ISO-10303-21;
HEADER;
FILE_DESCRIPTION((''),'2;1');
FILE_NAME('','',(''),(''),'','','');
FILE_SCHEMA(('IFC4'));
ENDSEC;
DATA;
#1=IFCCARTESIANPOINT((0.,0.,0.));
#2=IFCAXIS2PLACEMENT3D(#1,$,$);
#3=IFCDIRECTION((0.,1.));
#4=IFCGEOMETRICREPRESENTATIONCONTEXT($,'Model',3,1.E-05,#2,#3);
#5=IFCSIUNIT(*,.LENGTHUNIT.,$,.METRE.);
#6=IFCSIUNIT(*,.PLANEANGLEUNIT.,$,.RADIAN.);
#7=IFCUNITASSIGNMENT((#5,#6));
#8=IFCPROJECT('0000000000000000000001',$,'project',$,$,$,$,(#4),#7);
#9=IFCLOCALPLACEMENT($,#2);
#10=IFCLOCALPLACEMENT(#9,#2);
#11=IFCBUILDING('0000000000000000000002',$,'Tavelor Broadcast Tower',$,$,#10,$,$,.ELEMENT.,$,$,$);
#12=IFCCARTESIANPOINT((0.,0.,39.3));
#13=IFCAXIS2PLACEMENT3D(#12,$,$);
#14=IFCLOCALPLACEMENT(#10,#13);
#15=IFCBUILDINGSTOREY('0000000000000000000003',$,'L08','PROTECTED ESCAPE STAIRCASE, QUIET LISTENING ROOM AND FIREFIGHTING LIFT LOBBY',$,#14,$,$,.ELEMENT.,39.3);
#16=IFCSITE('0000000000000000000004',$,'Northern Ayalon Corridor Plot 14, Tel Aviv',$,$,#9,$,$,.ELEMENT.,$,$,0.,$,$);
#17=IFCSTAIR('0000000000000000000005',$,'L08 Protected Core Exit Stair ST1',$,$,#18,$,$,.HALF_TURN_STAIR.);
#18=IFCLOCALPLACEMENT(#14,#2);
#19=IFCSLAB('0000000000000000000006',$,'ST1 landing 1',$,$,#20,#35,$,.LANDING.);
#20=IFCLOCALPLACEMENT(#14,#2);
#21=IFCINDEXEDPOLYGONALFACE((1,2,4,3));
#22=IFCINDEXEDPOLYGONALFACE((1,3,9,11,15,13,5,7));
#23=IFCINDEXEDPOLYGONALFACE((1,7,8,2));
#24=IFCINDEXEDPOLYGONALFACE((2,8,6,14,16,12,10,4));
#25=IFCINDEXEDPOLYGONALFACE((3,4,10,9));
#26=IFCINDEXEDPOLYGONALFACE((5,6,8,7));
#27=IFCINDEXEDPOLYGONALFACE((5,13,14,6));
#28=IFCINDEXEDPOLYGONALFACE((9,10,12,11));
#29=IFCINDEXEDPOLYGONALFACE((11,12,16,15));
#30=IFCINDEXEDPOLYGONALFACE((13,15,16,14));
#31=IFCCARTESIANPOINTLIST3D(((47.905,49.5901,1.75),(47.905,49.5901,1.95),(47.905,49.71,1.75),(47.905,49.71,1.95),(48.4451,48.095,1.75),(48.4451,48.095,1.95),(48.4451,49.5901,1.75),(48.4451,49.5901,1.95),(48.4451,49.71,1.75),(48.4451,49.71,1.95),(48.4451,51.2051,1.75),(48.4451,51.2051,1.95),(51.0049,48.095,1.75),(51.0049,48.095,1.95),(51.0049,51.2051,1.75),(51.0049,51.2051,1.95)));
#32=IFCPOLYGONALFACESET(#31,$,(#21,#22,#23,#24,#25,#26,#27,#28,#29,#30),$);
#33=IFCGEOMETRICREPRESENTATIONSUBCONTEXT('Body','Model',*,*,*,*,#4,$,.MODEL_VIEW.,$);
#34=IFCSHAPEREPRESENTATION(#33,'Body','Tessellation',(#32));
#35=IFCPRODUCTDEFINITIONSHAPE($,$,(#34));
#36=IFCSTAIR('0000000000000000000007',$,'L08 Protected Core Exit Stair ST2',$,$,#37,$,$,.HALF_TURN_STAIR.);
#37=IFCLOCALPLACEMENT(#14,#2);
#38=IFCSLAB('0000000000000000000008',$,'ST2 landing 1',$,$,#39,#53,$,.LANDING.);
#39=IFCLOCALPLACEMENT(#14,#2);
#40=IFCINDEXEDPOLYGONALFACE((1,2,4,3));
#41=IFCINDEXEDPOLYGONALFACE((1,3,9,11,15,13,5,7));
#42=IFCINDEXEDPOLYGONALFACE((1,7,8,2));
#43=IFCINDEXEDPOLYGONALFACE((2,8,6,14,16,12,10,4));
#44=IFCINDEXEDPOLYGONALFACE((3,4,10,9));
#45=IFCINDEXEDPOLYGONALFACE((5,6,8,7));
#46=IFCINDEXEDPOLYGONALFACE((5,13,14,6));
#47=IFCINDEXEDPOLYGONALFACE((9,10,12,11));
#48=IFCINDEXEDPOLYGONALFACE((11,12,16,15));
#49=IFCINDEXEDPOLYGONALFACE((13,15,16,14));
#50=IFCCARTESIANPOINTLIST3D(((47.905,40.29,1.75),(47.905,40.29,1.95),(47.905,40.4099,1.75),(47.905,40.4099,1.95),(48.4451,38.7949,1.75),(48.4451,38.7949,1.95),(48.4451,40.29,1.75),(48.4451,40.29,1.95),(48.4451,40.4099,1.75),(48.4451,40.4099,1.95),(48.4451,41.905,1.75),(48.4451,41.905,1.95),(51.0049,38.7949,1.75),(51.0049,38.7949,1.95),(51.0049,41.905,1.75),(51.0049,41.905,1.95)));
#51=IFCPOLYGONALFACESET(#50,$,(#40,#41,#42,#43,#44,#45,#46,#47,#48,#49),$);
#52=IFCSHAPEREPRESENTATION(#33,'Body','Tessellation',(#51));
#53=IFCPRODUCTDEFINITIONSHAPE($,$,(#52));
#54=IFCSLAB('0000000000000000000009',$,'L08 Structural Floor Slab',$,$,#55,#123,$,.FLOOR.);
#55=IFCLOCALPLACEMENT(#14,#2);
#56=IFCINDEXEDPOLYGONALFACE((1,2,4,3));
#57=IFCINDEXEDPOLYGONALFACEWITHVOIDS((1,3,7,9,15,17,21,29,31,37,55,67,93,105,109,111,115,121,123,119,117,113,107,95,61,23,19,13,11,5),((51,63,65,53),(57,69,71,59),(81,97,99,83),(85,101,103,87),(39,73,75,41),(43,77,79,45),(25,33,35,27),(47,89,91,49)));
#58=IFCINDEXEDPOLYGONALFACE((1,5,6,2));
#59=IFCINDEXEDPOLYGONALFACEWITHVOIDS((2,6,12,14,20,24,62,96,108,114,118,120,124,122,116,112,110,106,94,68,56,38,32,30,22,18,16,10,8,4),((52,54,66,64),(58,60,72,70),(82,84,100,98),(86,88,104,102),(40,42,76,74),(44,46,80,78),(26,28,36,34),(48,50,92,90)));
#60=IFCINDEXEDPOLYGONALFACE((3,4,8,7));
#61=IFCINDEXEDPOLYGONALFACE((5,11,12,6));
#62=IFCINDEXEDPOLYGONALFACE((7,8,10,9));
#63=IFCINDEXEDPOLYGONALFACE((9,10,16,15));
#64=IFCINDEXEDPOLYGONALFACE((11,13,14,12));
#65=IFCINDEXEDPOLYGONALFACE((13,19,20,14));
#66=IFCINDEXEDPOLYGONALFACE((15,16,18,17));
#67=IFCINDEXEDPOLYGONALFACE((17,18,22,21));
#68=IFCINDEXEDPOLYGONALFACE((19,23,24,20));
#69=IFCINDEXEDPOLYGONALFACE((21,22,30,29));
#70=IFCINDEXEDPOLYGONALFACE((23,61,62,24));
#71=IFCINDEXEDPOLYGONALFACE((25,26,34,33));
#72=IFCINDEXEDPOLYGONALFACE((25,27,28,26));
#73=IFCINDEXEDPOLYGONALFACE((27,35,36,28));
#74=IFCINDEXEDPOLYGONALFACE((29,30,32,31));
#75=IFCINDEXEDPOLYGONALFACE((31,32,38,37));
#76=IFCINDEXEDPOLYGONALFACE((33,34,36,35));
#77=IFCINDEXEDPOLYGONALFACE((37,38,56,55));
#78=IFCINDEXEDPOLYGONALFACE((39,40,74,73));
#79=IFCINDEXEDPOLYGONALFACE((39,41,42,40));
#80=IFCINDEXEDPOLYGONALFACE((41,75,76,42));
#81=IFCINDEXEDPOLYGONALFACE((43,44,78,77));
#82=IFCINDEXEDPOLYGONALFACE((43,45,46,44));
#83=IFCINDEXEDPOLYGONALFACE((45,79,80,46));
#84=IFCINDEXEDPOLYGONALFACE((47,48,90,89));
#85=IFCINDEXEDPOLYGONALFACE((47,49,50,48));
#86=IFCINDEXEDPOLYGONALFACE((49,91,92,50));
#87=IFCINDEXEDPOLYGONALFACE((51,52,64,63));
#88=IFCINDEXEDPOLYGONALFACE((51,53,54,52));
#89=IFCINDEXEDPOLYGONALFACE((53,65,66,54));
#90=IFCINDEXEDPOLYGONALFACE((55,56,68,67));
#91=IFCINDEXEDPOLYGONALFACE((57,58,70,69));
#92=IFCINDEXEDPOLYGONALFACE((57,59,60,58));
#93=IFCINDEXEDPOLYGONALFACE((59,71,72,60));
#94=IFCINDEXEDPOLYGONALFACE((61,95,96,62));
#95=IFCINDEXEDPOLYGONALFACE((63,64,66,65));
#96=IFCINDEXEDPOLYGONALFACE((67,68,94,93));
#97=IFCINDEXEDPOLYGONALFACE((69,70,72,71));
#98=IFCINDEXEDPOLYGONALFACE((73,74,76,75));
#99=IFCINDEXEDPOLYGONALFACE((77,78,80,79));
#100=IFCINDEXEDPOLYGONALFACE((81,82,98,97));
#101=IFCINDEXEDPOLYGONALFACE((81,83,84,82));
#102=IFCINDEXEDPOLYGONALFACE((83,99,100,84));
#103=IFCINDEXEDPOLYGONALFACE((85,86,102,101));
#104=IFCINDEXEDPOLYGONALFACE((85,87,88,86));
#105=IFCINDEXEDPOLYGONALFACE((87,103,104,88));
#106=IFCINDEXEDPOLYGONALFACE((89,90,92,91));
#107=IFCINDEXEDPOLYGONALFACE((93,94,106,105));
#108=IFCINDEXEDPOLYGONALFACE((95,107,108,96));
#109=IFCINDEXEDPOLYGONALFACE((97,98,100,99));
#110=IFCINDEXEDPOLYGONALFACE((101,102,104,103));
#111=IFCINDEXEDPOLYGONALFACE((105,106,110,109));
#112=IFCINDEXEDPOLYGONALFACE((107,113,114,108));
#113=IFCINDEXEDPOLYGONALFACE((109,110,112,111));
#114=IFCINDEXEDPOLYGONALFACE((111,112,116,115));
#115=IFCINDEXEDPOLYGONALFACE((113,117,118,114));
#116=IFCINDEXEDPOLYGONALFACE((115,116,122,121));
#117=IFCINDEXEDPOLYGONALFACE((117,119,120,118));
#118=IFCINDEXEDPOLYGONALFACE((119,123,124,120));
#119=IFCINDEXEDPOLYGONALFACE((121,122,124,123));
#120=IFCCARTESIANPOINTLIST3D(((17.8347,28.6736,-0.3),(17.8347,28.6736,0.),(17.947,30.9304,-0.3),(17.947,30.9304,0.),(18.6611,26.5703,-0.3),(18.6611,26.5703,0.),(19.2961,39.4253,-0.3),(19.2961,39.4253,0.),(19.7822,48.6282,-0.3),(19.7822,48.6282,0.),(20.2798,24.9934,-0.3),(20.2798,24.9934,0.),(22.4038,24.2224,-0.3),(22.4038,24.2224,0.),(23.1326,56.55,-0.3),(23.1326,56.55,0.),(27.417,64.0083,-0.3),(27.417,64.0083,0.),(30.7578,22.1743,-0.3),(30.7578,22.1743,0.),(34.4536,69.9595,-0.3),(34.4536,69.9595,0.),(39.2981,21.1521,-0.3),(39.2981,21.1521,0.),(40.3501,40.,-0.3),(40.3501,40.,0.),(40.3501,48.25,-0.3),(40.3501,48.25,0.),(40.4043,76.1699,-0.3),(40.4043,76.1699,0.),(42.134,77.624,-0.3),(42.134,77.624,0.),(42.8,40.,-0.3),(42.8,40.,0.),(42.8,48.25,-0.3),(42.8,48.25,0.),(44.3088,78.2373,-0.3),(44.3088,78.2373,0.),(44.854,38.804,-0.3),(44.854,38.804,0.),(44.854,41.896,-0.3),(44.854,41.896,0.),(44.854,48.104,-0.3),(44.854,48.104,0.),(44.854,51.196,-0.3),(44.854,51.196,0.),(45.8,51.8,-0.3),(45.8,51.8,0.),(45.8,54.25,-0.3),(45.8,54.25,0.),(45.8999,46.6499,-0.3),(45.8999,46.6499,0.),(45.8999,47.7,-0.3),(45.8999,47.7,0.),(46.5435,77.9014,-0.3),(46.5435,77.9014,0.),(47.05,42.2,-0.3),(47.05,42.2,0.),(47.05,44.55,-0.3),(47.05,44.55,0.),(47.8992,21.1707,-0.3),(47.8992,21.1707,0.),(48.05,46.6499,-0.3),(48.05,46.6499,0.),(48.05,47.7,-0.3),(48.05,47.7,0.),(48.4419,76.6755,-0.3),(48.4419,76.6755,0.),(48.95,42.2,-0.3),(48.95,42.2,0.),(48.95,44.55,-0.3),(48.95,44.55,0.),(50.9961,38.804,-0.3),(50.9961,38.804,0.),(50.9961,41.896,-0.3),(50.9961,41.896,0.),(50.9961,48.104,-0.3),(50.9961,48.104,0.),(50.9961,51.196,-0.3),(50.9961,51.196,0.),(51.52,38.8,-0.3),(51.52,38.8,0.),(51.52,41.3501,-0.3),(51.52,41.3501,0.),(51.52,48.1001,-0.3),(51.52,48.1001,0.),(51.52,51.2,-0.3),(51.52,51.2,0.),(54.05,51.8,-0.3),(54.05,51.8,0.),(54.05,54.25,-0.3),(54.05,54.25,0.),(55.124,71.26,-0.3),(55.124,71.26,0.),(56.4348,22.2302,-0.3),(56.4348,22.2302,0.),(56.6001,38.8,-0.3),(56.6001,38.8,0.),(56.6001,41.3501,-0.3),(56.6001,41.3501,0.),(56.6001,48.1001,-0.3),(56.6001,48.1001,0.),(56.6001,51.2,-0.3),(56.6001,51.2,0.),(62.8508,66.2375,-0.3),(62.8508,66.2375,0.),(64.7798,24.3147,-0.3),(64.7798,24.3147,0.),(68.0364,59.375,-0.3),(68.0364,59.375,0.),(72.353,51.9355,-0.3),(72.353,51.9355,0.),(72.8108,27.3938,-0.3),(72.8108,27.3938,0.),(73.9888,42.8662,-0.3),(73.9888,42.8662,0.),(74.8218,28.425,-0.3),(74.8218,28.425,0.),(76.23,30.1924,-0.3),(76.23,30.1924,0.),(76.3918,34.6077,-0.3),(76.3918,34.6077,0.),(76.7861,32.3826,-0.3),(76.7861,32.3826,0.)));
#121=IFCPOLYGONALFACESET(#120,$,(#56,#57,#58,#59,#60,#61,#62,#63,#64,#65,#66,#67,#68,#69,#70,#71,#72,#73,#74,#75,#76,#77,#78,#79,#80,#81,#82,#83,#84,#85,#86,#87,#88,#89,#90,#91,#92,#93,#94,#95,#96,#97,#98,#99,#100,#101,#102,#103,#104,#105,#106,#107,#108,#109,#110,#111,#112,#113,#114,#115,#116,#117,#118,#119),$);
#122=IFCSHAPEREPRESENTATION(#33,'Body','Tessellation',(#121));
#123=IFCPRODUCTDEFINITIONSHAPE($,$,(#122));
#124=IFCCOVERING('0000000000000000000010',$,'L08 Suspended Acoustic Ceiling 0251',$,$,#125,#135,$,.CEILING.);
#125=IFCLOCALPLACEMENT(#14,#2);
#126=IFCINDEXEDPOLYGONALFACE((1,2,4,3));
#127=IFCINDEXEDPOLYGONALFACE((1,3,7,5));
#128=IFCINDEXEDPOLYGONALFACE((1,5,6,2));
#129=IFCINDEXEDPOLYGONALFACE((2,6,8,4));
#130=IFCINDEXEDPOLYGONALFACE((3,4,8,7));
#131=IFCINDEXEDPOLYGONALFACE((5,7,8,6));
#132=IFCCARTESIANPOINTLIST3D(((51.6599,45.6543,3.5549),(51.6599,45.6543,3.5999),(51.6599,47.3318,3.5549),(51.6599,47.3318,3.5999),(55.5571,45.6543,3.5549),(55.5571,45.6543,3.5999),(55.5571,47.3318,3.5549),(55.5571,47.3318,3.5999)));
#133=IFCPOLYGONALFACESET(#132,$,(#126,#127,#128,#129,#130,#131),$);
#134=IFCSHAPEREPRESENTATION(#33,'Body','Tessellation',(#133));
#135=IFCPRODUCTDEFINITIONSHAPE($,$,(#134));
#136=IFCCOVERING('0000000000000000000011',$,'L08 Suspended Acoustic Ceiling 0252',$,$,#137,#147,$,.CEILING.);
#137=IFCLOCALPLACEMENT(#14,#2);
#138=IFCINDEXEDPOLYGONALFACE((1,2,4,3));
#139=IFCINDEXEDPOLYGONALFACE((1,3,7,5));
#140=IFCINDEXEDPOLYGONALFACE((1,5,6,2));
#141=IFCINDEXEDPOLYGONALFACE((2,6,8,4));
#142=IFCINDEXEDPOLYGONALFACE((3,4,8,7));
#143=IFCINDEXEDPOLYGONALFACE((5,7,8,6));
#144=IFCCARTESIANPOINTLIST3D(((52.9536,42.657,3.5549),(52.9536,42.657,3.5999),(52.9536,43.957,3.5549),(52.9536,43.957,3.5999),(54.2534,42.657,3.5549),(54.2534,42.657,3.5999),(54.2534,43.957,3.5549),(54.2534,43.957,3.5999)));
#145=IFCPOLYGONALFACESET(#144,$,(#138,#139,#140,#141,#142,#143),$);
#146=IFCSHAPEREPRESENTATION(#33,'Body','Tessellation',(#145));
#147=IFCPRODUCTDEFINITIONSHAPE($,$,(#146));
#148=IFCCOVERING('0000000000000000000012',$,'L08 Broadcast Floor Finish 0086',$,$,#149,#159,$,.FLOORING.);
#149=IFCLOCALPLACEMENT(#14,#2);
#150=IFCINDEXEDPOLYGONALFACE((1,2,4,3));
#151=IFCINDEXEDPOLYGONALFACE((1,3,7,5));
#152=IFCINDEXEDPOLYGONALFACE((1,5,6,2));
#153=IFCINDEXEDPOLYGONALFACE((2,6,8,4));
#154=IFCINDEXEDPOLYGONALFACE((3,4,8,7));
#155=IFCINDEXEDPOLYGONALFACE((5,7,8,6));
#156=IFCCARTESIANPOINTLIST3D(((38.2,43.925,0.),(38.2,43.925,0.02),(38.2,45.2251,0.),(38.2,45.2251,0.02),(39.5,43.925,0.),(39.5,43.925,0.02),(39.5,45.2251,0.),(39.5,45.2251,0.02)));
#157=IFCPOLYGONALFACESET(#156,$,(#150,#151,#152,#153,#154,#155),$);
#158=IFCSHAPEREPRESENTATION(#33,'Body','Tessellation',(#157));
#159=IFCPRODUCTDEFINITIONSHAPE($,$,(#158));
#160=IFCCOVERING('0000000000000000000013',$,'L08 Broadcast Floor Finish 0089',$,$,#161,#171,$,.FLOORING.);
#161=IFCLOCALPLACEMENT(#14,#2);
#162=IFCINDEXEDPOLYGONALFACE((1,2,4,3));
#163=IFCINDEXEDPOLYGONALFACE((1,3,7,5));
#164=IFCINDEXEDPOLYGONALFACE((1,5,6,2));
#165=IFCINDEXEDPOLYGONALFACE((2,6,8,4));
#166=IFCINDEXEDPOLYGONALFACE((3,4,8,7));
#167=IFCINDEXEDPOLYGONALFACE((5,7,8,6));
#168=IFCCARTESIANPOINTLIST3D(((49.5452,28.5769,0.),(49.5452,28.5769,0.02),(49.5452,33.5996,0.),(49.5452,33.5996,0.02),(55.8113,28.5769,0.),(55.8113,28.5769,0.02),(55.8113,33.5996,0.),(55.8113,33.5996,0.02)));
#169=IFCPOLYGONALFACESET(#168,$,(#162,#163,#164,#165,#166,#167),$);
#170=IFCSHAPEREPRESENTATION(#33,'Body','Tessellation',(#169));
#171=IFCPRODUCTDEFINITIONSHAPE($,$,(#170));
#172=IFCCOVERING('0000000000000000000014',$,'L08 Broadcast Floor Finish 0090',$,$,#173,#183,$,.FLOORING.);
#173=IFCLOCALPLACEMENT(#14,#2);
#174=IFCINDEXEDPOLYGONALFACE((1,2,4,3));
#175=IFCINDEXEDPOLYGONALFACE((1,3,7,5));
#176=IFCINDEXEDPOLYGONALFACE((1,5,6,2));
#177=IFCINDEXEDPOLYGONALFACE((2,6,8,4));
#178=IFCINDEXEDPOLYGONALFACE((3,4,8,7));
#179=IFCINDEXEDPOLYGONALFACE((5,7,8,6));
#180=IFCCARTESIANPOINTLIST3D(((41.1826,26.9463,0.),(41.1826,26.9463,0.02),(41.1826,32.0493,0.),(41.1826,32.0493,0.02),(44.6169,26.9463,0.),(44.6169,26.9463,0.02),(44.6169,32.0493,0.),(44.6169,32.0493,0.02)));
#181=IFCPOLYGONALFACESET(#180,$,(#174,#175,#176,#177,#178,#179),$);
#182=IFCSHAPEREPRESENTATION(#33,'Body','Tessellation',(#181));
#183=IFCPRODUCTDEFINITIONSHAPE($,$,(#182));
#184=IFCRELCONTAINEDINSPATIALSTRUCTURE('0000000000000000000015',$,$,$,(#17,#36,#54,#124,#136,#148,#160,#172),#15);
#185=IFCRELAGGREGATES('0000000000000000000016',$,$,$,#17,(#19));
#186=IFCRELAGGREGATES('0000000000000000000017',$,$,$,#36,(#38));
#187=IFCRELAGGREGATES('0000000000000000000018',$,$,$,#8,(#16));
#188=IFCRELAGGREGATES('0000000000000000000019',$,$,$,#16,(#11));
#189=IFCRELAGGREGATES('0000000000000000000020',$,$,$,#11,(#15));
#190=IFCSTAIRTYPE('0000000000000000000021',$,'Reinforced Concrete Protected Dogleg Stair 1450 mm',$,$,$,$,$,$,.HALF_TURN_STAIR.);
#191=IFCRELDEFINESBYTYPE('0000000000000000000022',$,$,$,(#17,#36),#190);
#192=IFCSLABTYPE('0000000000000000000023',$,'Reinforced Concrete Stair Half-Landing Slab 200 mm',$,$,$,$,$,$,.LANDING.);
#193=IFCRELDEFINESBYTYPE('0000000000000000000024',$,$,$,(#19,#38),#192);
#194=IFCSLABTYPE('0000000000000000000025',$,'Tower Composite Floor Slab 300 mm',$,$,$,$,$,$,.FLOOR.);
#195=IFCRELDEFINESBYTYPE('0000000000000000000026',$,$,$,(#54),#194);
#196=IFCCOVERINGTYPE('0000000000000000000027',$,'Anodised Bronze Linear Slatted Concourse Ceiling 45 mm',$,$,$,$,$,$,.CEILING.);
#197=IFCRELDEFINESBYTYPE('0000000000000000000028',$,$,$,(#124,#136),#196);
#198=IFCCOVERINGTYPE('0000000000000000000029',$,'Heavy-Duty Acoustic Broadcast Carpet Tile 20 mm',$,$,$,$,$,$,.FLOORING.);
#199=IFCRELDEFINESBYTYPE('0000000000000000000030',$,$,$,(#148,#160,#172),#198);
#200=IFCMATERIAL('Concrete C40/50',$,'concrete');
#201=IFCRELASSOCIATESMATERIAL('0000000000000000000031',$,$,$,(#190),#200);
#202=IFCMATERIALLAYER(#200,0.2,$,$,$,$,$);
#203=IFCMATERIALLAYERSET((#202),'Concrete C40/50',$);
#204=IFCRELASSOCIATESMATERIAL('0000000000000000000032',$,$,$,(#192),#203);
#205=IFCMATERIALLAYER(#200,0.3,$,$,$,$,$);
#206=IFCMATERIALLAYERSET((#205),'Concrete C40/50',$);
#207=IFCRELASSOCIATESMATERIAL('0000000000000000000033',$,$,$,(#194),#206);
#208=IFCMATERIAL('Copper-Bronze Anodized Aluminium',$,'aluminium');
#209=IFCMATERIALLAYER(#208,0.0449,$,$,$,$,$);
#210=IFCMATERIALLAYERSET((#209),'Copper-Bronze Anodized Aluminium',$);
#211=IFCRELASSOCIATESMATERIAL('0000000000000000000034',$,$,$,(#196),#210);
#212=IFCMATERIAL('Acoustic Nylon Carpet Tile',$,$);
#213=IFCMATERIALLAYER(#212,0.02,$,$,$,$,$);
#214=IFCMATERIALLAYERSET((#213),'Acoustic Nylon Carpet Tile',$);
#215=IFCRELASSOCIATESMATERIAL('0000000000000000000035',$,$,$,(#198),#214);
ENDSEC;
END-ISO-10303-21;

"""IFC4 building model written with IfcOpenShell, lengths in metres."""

from ifc_helpers import new_model, si_unit, direction, frame, origin, place, context, subcontext, project, spatial, polyline, outline, extrude, material, layer, layer_set, type_object, element, aggregate, save


model = new_model("IFC4")

# Units and contexts
model_context = context("Model", 3, precision=1e-05, world=origin(), true_north=direction((0.0, 1.0)))
body_context = subcontext(model_context, "Body", "Model", "MODEL_VIEW")
ifc_project = project(units=[si_unit("LENGTHUNIT", "METRE"), si_unit("PLANEANGLEUNIT", "RADIAN")], contexts=[model_context])

# Site, building, storey
site_placement = place(None, origin())
site = spatial("IfcSite", under=ifc_project, at=site_placement, Name="Northern Ayalon Corridor Plot 14, Tel Aviv", CompositionType="ELEMENT", RefElevation=0.0)
building_placement = place(site_placement, origin())
building = spatial("IfcBuilding", under=site, at=building_placement, Name="Tavelor Broadcast Tower", CompositionType="ELEMENT")
storey_placement = place(building_placement, frame((0.0, 0.0, 39.3)))
storey = spatial("IfcBuildingStorey", under=building, at=storey_placement, Name="L08", Description="PROTECTED ESCAPE STAIRCASE, QUIET LISTENING ROOM AND FIREFIGHTING LIFT LOBBY", CompositionType="ELEMENT", Elevation=39.3)

# Stairs, slabs
ifc_material_1 = material(Name="Concrete C40/50", Category="concrete")
stair_type = type_object("IfcStairType", Name="Reinforced Concrete Protected Dogleg Stair 1450 mm", PredefinedType="HALF_TURN_STAIR", material=ifc_material_1)
stair_1_placement = place(storey_placement, origin())
stair_1 = element("IfcStair", 1, at=stair_1_placement, inside=storey, type_object=stair_type, Name="L08 Protected Core Exit Stair ST1", PredefinedType="HALF_TURN_STAIR")
ifc_layer_1 = layer(ifc_material_1, 0.2)
ifc_layer_set_1 = layer_set([ifc_layer_1], Name="Concrete C40/50")
slab_type_1 = type_object("IfcSlabType", Name="Reinforced Concrete Stair Half-Landing Slab 200 mm", PredefinedType="LANDING", material=ifc_layer_set_1)
slab_1_placement = place(storey_placement, frame((0.0, 0.0, 1.75)))
slab_1 = element("IfcSlab", 2, at=slab_1_placement, type_object=slab_type_1, Name="ST1 landing 1", PredefinedType="LANDING", context=body_context, shape_type="SweptSolid", body=[
    extrude(outline(polyline([(48.4451, 49.5901), (48.4451, 48.095), (51.0049, 48.095), (51.0049, 51.2051), (48.4451, 51.2051), (48.4451, 49.71), (47.905, 49.71), (47.905, 49.5901), (48.4451, 49.5901)])), origin(), (0.0, 0.0, 1.0), 0.2),
])
aggregate(stair_1, [slab_1])
stair_2_placement = place(storey_placement, origin())
stair_2 = element("IfcStair", 3, at=stair_2_placement, inside=storey, type_object=stair_type, Name="L08 Protected Core Exit Stair ST2", PredefinedType="HALF_TURN_STAIR")
slab_2_placement = place(storey_placement, frame((0.0, 0.0, 1.75)))
slab_2 = element("IfcSlab", 4, at=slab_2_placement, type_object=slab_type_1, Name="ST2 landing 1", PredefinedType="LANDING", context=body_context, shape_type="SweptSolid", body=[
    extrude(outline(polyline([(48.4451, 40.29), (48.4451, 38.7949), (51.0049, 38.7949), (51.0049, 41.905), (48.4451, 41.905), (48.4451, 40.4099), (47.905, 40.4099), (47.905, 40.29), (48.4451, 40.29)])), origin(), (0.0, 0.0, 1.0), 0.2),
])
aggregate(stair_2, [slab_2])

# Slab
ifc_layer_2 = layer(ifc_material_1, 0.3)
ifc_layer_set_2 = layer_set([ifc_layer_2], Name="Concrete C40/50")
slab_type_2 = type_object("IfcSlabType", Name="Tower Composite Floor Slab 300 mm", PredefinedType="FLOOR", material=ifc_layer_set_2)
slab_3_placement = place(storey_placement, frame((0.0, 0.0, -0.3)))
element("IfcSlab", 5, at=slab_3_placement, inside=storey, type_object=slab_type_2, Name="L08 Structural Floor Slab", PredefinedType="FLOOR", context=body_context, shape_type="SweptSolid", body=[
    extrude(outline(polyline([(48.4419, 76.6755), (46.5435, 77.9014), (44.3088, 78.2373), (42.134, 77.624), (40.4043, 76.1699), (34.4536, 69.9595), (27.417, 64.0083), (23.1326, 56.55), (19.7822, 48.6282), (19.2961, 39.4253), (17.947, 30.9304), (17.8347, 28.6736), (18.6611, 26.5703), (20.2798, 24.9934), (22.4038, 24.2224), (30.7578, 22.1743), (39.2981, 21.1521), (47.8992, 21.1707), (56.4348, 22.2302), (64.7798, 24.3147), (72.8108, 27.3938), (74.8218, 28.425), (76.23, 30.1924), (76.7861, 32.3826), (76.3918, 34.6077), (73.9888, 42.8662), (72.353, 51.9355), (68.0364, 59.375), (62.8508, 66.2375), (55.124, 71.26), (48.4419, 76.6755)]), holes=[polyline([(56.6001, 38.8), (51.52, 38.8), (51.52, 41.3501), (56.6001, 41.3501), (56.6001, 38.8)]), polyline([(50.9961, 38.804), (44.854, 38.804), (44.854, 41.896), (50.9961, 41.896), (50.9961, 38.804)]), polyline([(47.05, 42.2), (47.05, 44.55), (48.95, 44.55), (48.95, 42.2), (47.05, 42.2)]), polyline([(40.3501, 40.0), (40.3501, 48.25), (42.8, 48.25), (42.8, 40.0), (40.3501, 40.0)]), polyline([(48.05, 46.6499), (45.8999, 46.6499), (45.8999, 47.7), (48.05, 47.7), (48.05, 46.6499)]), polyline([(50.9961, 48.104), (44.854, 48.104), (44.854, 51.196), (50.9961, 51.196), (50.9961, 48.104)]), polyline([(56.6001, 48.1001), (51.52, 48.1001), (51.52, 51.2), (56.6001, 51.2), (56.6001, 48.1001)]), polyline([(54.05, 51.8), (45.8, 51.8), (45.8, 54.25), (54.05, 54.25), (54.05, 51.8)])]), origin(), (0.0, 0.0, 1.0), 0.3),
])

# Coverings
ifc_material_2 = material(Name="Copper-Bronze Anodized Aluminium", Category="aluminium")
ifc_layer_3 = layer(ifc_material_2, 0.0449)
ifc_layer_set_3 = layer_set([ifc_layer_3], Name="Copper-Bronze Anodized Aluminium")
covering_type_1 = type_object("IfcCoveringType", Name="Anodised Bronze Linear Slatted Concourse Ceiling 45 mm", PredefinedType="CEILING", material=ifc_layer_set_3)
covering_1_placement = place(storey_placement, frame((0.0, 0.0, 3.5549)))
element("IfcCovering", 6, at=covering_1_placement, inside=storey, type_object=covering_type_1, Name="L08 Suspended Acoustic Ceiling 0251", PredefinedType="CEILING", context=body_context, shape_type="SweptSolid", body=[
    extrude(outline(polyline([(51.6599, 45.6543), (55.5571, 45.6543), (55.5571, 47.3318), (51.6599, 47.3318), (51.6599, 45.6543)])), origin(), (0.0, 0.0, 1.0), 0.0449),
])
covering_2_placement = place(storey_placement, frame((0.0, 0.0, 3.5549)))
element("IfcCovering", 7, at=covering_2_placement, inside=storey, type_object=covering_type_1, Name="L08 Suspended Acoustic Ceiling 0252", PredefinedType="CEILING", context=body_context, shape_type="SweptSolid", body=[
    extrude(outline(polyline([(52.9536, 42.657), (54.2534, 42.657), (54.2534, 43.957), (52.9536, 43.957), (52.9536, 42.657)])), origin(), (0.0, 0.0, 1.0), 0.0449),
])
ifc_material_3 = material(Name="Acoustic Nylon Carpet Tile")
ifc_layer_4 = layer(ifc_material_3, 0.02)
ifc_layer_set_4 = layer_set([ifc_layer_4], Name="Acoustic Nylon Carpet Tile")
covering_type_2 = type_object("IfcCoveringType", Name="Heavy-Duty Acoustic Broadcast Carpet Tile 20 mm", PredefinedType="FLOORING", material=ifc_layer_set_4)
covering_3_placement = place(storey_placement, origin())
element("IfcCovering", 8, at=covering_3_placement, inside=storey, type_object=covering_type_2, Name="L08 Broadcast Floor Finish 0086", PredefinedType="FLOORING", context=body_context, shape_type="SweptSolid", body=[
    extrude(outline(polyline([(38.2, 43.925), (39.5, 43.925), (39.5, 45.2251), (38.2, 45.2251), (38.2, 43.925)])), origin(), (0.0, 0.0, 1.0), 0.02),
])
covering_4_placement = place(storey_placement, origin())
element("IfcCovering", 9, at=covering_4_placement, inside=storey, type_object=covering_type_2, Name="L08 Broadcast Floor Finish 0089", PredefinedType="FLOORING", context=body_context, shape_type="SweptSolid", body=[
    extrude(outline(polyline([(49.5452, 28.5769), (55.8113, 28.5769), (55.8113, 33.5996), (49.5452, 33.5996), (49.5452, 28.5769)])), origin(), (0.0, 0.0, 1.0), 0.02),
])
covering_5_placement = place(storey_placement, origin())
element("IfcCovering", 10, at=covering_5_placement, inside=storey, type_object=covering_type_2, Name="L08 Broadcast Floor Finish 0090", PredefinedType="FLOORING", context=body_context, shape_type="SweptSolid", body=[
    extrude(outline(polyline([(41.1826, 26.9463), (44.6169, 26.9463), (44.6169, 32.0493), (41.1826, 32.0493), (41.1826, 26.9463)])), origin(), (0.0, 0.0, 1.0), 0.02),
])

save(model, "model.ifc")
